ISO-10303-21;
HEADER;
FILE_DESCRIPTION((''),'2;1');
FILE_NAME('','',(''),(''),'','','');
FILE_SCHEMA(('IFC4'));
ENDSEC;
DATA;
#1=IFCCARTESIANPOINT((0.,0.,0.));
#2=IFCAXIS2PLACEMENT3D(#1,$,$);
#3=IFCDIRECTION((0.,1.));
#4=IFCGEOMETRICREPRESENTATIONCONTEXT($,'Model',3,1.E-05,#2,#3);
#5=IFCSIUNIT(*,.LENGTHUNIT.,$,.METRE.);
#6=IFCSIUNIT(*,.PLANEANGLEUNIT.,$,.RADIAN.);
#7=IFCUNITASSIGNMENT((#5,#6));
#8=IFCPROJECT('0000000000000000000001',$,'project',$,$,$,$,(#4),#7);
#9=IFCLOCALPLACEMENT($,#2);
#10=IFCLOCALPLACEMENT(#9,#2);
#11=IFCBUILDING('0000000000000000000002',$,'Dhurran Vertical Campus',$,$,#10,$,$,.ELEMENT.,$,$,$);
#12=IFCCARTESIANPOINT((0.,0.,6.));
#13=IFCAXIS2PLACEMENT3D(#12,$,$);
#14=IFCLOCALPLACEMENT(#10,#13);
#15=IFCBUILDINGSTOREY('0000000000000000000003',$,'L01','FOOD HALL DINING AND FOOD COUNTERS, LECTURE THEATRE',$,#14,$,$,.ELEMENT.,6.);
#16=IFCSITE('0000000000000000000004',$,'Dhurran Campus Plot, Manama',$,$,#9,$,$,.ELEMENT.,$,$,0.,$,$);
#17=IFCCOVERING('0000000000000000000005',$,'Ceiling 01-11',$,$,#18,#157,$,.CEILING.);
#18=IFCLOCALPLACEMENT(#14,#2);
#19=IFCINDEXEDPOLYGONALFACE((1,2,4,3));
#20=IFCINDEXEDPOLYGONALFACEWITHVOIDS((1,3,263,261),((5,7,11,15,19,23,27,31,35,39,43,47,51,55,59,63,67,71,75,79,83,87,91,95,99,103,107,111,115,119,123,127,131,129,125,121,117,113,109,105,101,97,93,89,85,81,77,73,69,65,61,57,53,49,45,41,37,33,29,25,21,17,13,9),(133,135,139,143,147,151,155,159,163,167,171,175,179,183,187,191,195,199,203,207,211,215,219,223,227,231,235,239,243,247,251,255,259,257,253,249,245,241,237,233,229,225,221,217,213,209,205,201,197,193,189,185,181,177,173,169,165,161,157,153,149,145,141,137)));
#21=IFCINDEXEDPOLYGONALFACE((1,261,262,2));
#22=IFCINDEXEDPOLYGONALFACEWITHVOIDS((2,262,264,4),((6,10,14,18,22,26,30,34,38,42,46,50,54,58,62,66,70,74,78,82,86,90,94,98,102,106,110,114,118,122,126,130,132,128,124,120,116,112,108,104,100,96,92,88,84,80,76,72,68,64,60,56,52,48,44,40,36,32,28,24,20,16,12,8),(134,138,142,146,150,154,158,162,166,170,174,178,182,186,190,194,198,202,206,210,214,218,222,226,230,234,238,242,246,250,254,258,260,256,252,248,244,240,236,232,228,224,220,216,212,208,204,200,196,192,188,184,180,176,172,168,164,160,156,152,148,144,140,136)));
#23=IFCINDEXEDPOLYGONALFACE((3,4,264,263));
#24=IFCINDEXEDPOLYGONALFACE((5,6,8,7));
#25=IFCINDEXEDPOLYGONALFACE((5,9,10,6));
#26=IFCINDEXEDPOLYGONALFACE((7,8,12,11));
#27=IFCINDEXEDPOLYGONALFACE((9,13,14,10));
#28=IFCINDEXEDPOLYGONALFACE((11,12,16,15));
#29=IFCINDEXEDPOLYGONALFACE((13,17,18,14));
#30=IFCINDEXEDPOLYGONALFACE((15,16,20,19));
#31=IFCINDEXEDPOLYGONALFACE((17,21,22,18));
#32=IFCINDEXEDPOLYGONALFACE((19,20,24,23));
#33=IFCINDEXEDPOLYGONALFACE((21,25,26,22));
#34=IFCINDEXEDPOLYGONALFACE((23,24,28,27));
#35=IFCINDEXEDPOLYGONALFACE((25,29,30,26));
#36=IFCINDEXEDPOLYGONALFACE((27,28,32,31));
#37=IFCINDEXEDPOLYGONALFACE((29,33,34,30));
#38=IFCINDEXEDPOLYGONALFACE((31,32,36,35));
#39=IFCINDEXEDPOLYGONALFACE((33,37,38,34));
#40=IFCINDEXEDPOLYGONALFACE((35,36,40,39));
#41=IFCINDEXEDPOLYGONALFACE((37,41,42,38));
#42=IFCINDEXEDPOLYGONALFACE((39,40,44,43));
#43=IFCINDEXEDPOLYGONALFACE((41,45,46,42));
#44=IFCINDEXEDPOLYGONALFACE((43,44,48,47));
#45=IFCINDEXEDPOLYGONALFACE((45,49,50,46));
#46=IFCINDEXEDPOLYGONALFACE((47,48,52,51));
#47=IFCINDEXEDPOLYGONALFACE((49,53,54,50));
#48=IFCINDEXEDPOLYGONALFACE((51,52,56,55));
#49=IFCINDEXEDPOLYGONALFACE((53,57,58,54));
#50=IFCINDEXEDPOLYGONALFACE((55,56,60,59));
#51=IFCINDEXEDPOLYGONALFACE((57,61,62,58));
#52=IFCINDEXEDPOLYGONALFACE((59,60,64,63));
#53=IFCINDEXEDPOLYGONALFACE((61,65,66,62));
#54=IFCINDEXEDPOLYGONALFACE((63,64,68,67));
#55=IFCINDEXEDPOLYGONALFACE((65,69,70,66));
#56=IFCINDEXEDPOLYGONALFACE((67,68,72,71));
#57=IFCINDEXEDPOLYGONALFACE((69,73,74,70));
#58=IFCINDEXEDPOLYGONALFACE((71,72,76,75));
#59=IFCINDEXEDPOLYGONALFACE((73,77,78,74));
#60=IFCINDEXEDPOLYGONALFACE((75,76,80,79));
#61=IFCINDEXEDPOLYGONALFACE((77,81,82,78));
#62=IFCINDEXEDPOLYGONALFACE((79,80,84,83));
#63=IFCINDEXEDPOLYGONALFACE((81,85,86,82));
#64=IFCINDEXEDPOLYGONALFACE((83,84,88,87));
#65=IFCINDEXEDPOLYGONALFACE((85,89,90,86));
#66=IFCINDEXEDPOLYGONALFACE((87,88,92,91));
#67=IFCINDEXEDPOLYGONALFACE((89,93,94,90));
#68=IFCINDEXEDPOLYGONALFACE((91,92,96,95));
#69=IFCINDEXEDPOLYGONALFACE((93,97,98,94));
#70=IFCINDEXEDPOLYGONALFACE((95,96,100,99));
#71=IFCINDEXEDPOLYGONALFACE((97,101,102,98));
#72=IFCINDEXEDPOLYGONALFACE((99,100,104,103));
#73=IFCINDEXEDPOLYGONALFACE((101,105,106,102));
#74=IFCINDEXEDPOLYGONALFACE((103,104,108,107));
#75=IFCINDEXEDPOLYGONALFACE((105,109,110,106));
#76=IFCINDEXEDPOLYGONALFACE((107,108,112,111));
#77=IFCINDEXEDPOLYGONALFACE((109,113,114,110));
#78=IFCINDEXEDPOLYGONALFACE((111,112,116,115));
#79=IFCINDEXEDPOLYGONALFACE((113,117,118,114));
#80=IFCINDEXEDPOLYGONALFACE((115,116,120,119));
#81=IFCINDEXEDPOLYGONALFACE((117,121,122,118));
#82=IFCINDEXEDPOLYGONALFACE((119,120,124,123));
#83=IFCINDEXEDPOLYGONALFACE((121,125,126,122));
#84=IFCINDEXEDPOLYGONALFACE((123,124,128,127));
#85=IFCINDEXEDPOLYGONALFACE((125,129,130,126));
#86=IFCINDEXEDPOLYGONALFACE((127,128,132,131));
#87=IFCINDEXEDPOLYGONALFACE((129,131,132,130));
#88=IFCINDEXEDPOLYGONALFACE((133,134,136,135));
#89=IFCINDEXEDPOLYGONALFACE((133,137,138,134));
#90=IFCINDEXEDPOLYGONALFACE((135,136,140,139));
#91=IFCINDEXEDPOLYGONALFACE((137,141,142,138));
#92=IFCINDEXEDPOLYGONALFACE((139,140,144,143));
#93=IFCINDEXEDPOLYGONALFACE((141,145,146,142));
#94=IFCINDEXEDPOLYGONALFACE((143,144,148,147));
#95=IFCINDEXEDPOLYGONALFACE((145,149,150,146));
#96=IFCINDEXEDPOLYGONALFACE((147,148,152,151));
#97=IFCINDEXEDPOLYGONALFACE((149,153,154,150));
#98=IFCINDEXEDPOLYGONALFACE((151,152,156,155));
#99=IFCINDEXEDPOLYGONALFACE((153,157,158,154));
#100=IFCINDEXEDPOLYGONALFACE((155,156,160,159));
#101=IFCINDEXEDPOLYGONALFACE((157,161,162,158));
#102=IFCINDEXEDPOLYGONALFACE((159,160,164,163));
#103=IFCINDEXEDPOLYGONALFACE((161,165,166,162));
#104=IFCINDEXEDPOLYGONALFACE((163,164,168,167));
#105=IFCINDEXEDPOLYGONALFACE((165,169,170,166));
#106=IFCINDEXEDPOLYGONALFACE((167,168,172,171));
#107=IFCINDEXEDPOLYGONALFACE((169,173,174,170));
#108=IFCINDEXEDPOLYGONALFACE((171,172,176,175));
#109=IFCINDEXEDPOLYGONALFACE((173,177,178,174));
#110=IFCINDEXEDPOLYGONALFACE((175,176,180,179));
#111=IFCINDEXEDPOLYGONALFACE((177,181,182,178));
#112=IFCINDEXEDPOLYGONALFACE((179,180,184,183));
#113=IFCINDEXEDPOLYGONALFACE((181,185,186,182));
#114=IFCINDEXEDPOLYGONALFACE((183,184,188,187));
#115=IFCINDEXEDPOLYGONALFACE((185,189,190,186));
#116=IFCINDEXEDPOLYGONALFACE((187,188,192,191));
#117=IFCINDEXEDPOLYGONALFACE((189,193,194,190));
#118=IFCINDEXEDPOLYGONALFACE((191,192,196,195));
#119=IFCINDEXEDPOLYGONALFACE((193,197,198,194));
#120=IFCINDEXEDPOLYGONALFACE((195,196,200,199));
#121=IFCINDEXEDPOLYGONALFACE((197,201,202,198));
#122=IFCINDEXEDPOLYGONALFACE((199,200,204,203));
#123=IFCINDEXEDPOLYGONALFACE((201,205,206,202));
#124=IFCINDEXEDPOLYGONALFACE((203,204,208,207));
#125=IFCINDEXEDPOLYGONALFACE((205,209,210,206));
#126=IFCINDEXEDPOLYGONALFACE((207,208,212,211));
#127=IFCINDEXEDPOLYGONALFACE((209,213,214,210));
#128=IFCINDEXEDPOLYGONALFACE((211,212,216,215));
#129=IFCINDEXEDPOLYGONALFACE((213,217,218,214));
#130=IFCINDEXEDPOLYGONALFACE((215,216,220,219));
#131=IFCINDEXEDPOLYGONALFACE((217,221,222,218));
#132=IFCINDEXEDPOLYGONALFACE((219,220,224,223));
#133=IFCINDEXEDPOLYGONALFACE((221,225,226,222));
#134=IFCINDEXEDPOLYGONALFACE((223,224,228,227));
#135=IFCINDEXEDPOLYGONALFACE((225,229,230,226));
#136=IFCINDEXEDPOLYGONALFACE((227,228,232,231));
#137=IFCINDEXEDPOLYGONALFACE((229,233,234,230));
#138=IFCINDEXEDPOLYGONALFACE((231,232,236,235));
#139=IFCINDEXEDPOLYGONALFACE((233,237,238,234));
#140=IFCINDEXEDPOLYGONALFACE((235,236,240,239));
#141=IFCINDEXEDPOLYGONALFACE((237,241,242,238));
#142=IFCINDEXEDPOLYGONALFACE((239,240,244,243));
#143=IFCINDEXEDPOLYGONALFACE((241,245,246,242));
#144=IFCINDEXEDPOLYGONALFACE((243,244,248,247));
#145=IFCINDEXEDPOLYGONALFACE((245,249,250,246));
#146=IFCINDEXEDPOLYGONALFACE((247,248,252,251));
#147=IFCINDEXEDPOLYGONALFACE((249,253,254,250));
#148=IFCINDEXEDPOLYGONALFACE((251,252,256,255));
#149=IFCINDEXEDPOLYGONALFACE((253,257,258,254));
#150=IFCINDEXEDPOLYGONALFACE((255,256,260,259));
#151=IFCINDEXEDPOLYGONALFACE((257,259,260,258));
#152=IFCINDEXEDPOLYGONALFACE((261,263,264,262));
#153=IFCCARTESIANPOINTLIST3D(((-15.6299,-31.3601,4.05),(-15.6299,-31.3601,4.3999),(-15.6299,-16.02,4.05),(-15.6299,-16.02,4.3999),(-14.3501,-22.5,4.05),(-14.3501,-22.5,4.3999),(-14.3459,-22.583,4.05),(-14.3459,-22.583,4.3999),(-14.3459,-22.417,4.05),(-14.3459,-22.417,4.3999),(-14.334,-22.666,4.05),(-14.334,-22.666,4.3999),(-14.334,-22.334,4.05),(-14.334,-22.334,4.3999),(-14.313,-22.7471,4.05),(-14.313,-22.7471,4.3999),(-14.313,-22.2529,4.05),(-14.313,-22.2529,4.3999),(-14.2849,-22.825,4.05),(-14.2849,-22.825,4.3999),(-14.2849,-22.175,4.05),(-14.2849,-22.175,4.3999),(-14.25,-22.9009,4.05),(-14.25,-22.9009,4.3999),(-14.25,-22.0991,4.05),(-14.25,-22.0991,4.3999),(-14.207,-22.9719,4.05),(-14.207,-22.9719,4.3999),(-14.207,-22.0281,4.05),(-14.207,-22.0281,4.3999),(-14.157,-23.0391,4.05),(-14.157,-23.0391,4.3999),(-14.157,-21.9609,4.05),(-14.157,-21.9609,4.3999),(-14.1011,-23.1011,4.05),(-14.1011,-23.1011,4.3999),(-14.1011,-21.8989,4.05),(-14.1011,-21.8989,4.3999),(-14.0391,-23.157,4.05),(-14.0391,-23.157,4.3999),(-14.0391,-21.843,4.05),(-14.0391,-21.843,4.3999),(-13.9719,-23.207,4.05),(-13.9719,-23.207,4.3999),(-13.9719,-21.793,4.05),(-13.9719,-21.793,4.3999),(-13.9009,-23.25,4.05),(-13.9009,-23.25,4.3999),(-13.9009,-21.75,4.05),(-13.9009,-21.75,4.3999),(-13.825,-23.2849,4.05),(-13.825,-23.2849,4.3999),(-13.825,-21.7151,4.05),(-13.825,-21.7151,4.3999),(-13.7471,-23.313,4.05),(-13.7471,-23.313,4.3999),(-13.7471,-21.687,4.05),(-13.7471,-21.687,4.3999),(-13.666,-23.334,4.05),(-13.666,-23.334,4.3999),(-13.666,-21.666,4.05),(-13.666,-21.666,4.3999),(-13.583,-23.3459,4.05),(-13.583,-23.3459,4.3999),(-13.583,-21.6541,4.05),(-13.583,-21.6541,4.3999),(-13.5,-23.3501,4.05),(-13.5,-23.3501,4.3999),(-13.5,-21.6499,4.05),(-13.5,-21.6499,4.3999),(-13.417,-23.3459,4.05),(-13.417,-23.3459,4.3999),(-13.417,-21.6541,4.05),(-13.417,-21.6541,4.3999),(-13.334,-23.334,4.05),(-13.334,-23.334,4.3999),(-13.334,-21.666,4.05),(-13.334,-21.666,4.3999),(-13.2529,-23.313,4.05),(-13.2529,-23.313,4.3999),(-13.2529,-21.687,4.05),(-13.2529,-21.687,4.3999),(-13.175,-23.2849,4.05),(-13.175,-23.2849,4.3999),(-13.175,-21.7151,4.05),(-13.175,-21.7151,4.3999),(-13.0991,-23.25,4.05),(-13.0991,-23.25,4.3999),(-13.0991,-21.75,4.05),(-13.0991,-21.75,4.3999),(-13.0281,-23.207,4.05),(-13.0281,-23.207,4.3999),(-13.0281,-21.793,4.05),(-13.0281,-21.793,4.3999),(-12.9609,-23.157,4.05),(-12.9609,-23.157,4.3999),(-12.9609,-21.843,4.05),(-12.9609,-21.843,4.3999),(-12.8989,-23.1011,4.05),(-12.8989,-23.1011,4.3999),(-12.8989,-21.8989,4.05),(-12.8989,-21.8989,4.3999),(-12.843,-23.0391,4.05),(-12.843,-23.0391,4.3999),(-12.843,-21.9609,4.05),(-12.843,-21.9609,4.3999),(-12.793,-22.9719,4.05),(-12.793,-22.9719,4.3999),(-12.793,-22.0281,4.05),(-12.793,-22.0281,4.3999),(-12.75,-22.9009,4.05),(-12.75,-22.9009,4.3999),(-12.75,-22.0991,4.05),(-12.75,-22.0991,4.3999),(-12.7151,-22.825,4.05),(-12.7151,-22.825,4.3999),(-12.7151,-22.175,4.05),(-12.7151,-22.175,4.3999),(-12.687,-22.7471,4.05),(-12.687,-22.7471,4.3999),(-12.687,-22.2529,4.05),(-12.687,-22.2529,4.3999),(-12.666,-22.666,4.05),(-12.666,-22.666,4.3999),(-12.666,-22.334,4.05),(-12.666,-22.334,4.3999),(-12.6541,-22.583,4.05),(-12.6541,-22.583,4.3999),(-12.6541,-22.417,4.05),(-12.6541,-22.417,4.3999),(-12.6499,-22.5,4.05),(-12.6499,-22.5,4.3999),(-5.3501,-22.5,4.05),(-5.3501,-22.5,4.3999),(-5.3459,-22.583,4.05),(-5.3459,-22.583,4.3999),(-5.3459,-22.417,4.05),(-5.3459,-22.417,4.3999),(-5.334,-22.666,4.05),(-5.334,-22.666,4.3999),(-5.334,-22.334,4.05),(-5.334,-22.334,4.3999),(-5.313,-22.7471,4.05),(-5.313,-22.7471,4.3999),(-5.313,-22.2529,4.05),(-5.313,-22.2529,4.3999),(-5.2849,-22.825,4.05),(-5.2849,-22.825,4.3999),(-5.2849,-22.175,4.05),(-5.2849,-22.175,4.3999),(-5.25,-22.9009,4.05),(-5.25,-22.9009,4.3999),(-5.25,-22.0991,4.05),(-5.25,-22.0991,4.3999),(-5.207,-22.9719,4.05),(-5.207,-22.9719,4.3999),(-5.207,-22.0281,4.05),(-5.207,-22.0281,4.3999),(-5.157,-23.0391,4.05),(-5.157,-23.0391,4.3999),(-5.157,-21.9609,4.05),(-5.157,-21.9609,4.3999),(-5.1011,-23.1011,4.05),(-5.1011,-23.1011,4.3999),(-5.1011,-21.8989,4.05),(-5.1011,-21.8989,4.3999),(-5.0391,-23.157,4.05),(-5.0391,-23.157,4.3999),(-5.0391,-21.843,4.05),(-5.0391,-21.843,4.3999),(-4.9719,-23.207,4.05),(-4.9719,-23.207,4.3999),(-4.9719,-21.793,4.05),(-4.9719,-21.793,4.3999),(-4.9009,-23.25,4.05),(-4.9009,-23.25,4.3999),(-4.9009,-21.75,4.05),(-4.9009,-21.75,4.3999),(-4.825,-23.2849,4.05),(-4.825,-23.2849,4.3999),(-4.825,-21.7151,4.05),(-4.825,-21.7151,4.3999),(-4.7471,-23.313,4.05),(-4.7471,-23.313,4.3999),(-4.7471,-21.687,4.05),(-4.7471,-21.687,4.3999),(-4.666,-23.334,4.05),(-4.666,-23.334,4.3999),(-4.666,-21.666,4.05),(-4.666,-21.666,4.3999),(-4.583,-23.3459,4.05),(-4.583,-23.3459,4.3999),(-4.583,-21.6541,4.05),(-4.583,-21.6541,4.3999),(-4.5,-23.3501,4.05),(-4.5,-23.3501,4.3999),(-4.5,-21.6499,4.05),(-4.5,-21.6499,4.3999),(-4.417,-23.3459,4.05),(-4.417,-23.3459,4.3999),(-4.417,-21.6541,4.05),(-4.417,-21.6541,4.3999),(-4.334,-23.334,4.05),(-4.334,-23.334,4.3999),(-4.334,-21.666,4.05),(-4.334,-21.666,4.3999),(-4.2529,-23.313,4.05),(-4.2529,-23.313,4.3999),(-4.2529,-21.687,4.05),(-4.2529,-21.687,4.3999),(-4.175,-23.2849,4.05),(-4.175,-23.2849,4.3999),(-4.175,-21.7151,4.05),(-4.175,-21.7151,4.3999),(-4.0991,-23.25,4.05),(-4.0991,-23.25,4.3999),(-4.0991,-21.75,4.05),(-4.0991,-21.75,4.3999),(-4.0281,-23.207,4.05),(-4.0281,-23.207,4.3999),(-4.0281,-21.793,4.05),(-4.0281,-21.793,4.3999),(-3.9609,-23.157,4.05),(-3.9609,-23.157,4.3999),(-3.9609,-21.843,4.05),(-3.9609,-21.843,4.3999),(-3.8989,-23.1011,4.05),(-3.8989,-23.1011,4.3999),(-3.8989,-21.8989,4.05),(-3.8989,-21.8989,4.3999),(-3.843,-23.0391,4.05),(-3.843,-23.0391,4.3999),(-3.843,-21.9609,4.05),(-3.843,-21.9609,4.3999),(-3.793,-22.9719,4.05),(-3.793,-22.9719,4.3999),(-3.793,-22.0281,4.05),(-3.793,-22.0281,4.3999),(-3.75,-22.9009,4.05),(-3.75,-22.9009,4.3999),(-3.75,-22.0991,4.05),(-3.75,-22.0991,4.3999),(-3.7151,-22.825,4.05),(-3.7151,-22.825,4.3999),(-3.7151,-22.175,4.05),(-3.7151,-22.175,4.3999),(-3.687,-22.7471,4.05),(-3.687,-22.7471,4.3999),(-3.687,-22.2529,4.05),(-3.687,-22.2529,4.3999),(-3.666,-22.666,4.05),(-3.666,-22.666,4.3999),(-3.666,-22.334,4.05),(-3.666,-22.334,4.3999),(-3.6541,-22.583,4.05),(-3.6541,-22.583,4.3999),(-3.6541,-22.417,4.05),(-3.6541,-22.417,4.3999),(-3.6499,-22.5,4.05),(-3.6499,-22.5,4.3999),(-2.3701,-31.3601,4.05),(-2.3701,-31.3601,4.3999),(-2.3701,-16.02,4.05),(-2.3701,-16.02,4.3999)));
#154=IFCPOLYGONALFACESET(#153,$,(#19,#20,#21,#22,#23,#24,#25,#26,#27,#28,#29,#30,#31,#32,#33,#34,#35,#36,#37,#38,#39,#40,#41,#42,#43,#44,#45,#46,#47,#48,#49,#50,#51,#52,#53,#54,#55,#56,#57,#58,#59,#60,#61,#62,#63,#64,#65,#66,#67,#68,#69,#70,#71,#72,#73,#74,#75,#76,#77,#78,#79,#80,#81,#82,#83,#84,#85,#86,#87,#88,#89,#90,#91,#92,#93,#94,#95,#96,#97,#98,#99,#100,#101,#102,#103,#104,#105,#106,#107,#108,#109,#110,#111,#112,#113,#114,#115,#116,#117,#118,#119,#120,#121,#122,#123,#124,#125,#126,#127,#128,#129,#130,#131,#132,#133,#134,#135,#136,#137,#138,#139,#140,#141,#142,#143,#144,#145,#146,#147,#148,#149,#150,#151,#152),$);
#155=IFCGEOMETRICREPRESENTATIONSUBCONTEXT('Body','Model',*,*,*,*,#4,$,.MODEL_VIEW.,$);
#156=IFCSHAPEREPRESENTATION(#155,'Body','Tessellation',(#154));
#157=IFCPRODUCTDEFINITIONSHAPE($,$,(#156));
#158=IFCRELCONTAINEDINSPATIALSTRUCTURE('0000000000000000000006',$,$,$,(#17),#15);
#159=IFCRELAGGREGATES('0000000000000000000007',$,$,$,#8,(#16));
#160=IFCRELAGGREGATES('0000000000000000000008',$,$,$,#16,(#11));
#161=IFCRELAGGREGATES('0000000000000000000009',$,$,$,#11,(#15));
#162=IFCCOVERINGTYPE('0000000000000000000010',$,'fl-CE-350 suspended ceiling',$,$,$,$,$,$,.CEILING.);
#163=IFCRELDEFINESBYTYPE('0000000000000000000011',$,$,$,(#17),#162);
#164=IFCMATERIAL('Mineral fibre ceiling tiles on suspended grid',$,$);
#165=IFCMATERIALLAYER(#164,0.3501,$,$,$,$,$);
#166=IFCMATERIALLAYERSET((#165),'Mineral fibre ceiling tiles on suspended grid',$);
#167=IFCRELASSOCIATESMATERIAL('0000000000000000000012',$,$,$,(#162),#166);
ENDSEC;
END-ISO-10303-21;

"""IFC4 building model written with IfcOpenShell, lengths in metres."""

from ifc_helpers import new_model, si_unit, direction, frame, origin, place, context, subcontext, project, spatial, polyline, outline, extrude, material, layer, layer_set, type_object, element, save


model = new_model("IFC4")

# Units and contexts
model_context = context("Model", 3, precision=1e-05, world=origin(), true_north=direction((0.0, 1.0)))
body_context = subcontext(model_context, "Body", "Model", "MODEL_VIEW")
ifc_project = project(units=[si_unit("LENGTHUNIT", "METRE"), si_unit("PLANEANGLEUNIT", "RADIAN")], contexts=[model_context])

# Site, building, storey
site_placement = place(None, origin())
site = spatial("IfcSite", under=ifc_project, at=site_placement, Name="Dhurran Campus Plot, Manama", CompositionType="ELEMENT", RefElevation=0.0)
building_placement = place(site_placement, origin())
building = spatial("IfcBuilding", under=site, at=building_placement, Name="Dhurran Vertical Campus", CompositionType="ELEMENT")
storey_placement = place(building_placement, frame((0.0, 0.0, 6.0)))
storey = spatial("IfcBuildingStorey", under=building, at=storey_placement, Name="L01", Description="FOOD HALL DINING AND FOOD COUNTERS, LECTURE THEATRE", CompositionType="ELEMENT", Elevation=6.0)

# Covering
ifc_material_1 = material(Name="Mineral fibre ceiling tiles on suspended grid")
ifc_layer_1 = layer(ifc_material_1, 0.3501)
ifc_layer_set_1 = layer_set([ifc_layer_1], Name="Mineral fibre ceiling tiles on suspended grid")
covering_type = type_object("IfcCoveringType", Name="fl-CE-350 suspended ceiling", PredefinedType="CEILING", material=ifc_layer_set_1)
covering_1_placement = place(storey_placement, frame((0.0, 0.0, 4.05)))
element("IfcCovering", 1, at=covering_1_placement, inside=storey, type_object=covering_type, Name="Ceiling 01-11", PredefinedType="CEILING", context=body_context, shape_type="SweptSolid", body=[
    extrude(outline(polyline([(-15.6299, -16.02), (-2.3701, -16.02), (-2.3701, -31.3601), (-15.6299, -31.3601), (-15.6299, -16.02)]), holes=[polyline([(-13.175, -21.7151), (-13.2529, -21.687), (-13.334, -21.666), (-13.417, -21.6541), (-13.5, -21.6499), (-13.583, -21.6541), (-13.666, -21.666), (-13.7471, -21.687), (-13.825, -21.7151), (-13.9009, -21.75), (-13.9719, -21.793), (-14.0391, -21.843), (-14.1011, -21.8989), (-14.157, -21.9609), (-14.207, -22.0281), (-14.25, -22.0991), (-14.2849, -22.175), (-14.313, -22.2529), (-14.334, -22.334), (-14.3459, -22.417), (-14.3501, -22.5), (-14.3459, -22.583), (-14.334, -22.666), (-14.313, -22.7471), (-14.2849, -22.825), (-14.25, -22.9009), (-14.207, -22.9719), (-14.157, -23.0391), (-14.1011, -23.1011), (-14.0391, -23.157), (-13.9719, -23.207), (-13.9009, -23.25), (-13.825, -23.2849), (-13.7471, -23.313), (-13.666, -23.334), (-13.583, -23.3459), (-13.5, -23.3501), (-13.417, -23.3459), (-13.334, -23.334), (-13.2529, -23.313), (-13.175, -23.2849), (-13.0991, -23.25), (-13.0281, -23.207), (-12.9609, -23.157), (-12.8989, -23.1011), (-12.843, -23.0391), (-12.793, -22.9719), (-12.75, -22.9009), (-12.7151, -22.825), (-12.687, -22.7471), (-12.666, -22.666), (-12.6541, -22.583), (-12.6499, -22.5), (-12.6541, -22.417), (-12.666, -22.334), (-12.687, -22.2529), (-12.7151, -22.175), (-12.75, -22.0991), (-12.793, -22.0281), (-12.843, -21.9609), (-12.8989, -21.8989), (-12.9609, -21.843), (-13.0281, -21.793), (-13.0991, -21.75), (-13.175, -21.7151)]), polyline([(-4.0281, -21.793), (-4.0991, -21.75), (-4.175, -21.7151), (-4.2529, -21.687), (-4.334, -21.666), (-4.417, -21.6541), (-4.5, -21.6499), (-4.583, -21.6541), (-4.666, -21.666), (-4.7471, -21.687), (-4.825, -21.7151), (-4.9009, -21.75), (-4.9719, -21.793), (-5.0391, -21.843), (-5.1011, -21.8989), (-5.157, -21.9609), (-5.207, -22.0281), (-5.25, -22.0991), (-5.2849, -22.175), (-5.313, -22.2529), (-5.334, -22.334), (-5.3459, -22.417), (-5.3501, -22.5), (-5.3459, -22.583), (-5.334, -22.666), (-5.313, -22.7471), (-5.2849, -22.825), (-5.25, -22.9009), (-5.207, -22.9719), (-5.157, -23.0391), (-5.1011, -23.1011), (-5.0391, -23.157), (-4.9719, -23.207), (-4.9009, -23.25), (-4.825, -23.2849), (-4.7471, -23.313), (-4.666, -23.334), (-4.583, -23.3459), (-4.5, -23.3501), (-4.417, -23.3459), (-4.334, -23.334), (-4.2529, -23.313), (-4.175, -23.2849), (-4.0991, -23.25), (-4.0281, -23.207), (-3.9609, -23.157), (-3.8989, -23.1011), (-3.843, -23.0391), (-3.793, -22.9719), (-3.75, -22.9009), (-3.7151, -22.825), (-3.687, -22.7471), (-3.666, -22.666), (-3.6541, -22.583), (-3.6499, -22.5), (-3.6541, -22.417), (-3.666, -22.334), (-3.687, -22.2529), (-3.7151, -22.175), (-3.75, -22.0991), (-3.793, -22.0281), (-3.843, -21.9609), (-3.8989, -21.8989), (-3.9609, -21.843), (-4.0281, -21.793)])]), origin(), (0.0, 0.0, 1.0), 0.3499),
])

save(model, "model.ifc")
